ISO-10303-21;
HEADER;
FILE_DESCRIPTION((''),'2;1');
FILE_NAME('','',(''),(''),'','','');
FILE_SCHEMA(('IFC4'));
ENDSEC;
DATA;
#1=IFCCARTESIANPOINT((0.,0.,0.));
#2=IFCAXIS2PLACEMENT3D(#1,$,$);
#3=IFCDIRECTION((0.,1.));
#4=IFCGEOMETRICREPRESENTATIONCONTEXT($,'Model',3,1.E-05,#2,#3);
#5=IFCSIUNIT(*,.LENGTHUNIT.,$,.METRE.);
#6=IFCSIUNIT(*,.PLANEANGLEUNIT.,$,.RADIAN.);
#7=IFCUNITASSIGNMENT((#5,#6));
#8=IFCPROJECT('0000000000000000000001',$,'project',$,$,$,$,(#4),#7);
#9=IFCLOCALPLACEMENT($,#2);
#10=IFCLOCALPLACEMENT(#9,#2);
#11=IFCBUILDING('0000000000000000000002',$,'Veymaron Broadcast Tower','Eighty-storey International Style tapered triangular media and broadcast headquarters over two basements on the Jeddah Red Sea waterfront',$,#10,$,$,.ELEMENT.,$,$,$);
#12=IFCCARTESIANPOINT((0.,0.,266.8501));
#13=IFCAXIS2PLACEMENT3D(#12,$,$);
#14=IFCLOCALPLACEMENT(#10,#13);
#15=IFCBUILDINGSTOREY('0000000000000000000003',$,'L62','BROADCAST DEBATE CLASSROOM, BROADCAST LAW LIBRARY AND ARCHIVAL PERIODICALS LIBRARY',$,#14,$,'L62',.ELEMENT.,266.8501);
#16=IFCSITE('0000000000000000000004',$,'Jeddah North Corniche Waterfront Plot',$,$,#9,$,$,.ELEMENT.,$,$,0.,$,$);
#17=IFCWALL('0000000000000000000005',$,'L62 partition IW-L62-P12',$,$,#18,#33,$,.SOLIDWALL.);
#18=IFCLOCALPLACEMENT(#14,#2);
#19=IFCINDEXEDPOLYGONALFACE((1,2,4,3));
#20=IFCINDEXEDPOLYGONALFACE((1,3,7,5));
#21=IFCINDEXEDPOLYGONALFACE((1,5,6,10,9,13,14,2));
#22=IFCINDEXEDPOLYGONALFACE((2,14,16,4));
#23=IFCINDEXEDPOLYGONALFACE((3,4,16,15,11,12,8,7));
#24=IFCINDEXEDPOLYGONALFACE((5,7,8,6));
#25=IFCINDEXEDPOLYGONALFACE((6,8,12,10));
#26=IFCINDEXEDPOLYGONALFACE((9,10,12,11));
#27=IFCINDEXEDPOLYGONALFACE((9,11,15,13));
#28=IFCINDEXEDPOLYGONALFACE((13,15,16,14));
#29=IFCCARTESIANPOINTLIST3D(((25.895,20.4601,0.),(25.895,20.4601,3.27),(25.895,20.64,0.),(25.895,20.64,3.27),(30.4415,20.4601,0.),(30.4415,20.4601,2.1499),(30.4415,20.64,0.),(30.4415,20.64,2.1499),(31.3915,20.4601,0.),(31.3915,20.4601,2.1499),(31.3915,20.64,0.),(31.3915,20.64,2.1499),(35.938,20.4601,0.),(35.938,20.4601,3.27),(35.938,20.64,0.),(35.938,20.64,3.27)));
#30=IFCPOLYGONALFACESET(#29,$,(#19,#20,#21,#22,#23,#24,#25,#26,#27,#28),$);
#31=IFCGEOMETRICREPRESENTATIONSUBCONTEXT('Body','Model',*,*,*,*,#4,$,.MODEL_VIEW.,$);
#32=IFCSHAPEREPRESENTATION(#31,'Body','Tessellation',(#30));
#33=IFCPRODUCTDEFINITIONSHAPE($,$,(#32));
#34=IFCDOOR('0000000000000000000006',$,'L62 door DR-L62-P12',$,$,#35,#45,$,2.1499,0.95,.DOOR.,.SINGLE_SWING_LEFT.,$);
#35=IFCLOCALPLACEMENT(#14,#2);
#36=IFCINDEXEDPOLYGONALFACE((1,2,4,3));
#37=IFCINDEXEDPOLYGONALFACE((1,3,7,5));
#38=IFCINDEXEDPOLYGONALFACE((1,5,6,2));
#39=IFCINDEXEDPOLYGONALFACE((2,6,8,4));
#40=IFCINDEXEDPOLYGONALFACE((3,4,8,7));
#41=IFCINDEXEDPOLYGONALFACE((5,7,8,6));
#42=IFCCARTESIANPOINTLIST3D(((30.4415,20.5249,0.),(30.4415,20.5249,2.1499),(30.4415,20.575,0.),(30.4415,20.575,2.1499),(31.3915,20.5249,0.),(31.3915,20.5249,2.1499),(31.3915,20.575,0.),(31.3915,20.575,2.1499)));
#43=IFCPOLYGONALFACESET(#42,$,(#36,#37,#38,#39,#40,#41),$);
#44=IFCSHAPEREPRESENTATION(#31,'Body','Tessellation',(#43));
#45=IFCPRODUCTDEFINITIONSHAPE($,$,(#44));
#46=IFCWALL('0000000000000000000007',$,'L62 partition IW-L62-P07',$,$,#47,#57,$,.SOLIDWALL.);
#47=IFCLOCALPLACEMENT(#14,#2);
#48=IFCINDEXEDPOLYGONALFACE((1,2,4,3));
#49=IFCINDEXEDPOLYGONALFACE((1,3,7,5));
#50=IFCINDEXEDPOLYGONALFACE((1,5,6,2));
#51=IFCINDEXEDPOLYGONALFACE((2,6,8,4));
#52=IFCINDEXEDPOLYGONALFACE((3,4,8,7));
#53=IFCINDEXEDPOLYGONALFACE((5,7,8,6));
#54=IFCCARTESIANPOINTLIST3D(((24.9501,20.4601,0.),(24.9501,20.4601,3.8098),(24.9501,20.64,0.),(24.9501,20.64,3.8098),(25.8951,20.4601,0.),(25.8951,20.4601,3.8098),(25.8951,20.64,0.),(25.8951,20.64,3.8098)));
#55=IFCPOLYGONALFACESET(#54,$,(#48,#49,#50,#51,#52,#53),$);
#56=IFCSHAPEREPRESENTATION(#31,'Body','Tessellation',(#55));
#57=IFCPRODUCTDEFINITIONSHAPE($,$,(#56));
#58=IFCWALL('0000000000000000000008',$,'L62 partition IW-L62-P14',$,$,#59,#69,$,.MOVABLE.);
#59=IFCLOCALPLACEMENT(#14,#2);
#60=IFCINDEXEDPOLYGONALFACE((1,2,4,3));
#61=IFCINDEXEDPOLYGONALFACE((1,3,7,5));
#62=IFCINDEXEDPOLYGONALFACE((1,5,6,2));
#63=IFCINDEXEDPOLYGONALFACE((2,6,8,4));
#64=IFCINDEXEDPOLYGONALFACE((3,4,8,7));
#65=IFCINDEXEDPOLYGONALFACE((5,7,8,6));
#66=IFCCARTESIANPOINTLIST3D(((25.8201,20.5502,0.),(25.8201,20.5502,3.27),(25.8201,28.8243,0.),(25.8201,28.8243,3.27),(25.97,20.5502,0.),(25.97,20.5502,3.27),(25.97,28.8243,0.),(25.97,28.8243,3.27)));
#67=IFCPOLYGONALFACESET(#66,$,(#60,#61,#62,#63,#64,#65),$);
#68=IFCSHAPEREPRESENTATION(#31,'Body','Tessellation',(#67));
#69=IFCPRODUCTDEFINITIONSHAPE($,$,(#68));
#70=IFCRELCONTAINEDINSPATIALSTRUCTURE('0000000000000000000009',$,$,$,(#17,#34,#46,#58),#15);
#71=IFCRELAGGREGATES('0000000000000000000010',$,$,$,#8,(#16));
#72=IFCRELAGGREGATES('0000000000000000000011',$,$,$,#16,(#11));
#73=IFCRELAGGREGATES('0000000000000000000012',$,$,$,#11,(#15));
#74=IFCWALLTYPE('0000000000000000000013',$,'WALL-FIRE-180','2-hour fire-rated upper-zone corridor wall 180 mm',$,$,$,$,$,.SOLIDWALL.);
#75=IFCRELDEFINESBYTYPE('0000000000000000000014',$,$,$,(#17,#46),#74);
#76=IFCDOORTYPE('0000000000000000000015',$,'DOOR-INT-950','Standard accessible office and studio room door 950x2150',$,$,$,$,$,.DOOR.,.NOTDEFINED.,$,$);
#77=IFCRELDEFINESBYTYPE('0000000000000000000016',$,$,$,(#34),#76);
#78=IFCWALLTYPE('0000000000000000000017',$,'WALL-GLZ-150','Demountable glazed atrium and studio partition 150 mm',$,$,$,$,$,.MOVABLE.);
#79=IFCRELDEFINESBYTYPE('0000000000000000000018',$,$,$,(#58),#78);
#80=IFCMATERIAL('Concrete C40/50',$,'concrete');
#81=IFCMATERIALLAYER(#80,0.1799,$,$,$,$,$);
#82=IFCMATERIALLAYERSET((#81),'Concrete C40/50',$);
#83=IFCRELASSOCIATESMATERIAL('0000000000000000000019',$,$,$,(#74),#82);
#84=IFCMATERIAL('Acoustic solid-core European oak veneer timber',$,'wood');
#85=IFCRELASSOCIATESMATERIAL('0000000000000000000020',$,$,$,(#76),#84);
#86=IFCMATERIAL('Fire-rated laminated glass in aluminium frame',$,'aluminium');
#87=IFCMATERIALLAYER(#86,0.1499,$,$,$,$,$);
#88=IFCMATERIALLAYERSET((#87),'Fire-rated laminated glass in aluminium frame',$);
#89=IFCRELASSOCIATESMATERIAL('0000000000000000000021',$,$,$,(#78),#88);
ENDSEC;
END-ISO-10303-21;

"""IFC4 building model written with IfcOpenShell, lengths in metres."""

from ifc_helpers import new_model, si_unit, direction, frame, frame_2d, origin, place, context, subcontext, project, spatial, rectangle, extrude, material, layer, layer_set, type_object, element, fill, save


model = new_model("IFC4")

# Units and contexts
model_context = context("Model", 3, precision=1e-05, world=origin(), true_north=direction((0.0, 1.0)))
body_context = subcontext(model_context, "Body", "Model", "MODEL_VIEW")
ifc_project = project(units=[si_unit("LENGTHUNIT", "METRE"), si_unit("PLANEANGLEUNIT", "RADIAN")], contexts=[model_context])

# Site, building, storey
site_placement = place(None, origin())
site = spatial("IfcSite", under=ifc_project, at=site_placement, Name="Jeddah North Corniche Waterfront Plot", CompositionType="ELEMENT", RefElevation=0.0)
building_placement = place(site_placement, origin())
building = spatial("IfcBuilding", under=site, at=building_placement, Name="Veymaron Broadcast Tower", Description="Eighty-storey International Style tapered triangular media and broadcast headquarters over two basements on the Jeddah Red Sea waterfront", CompositionType="ELEMENT")
storey_placement = place(building_placement, frame((0.0, 0.0, 266.8501)))
storey = spatial("IfcBuildingStorey", under=building, at=storey_placement, Name="L62", Description="BROADCAST DEBATE CLASSROOM, BROADCAST LAW LIBRARY AND ARCHIVAL PERIODICALS LIBRARY", LongName="L62", CompositionType="ELEMENT", Elevation=266.8501)

# Shared definitions
ifc_material_1 = material(Name="Concrete C40/50", Category="concrete")

# Wall, opening, door
ifc_layer_1 = layer(ifc_material_1, 0.1799)
ifc_layer_set_1 = layer_set([ifc_layer_1], Name="Concrete C40/50")
wall_type_1 = type_object("IfcWallType", Name="WALL-FIRE-180", Description="2-hour fire-rated upper-zone corridor wall 180 mm", PredefinedType="SOLIDWALL", material=ifc_layer_set_1)
ifc_material_2 = material(Name="Acoustic solid-core European oak veneer timber", Category="wood")
door_type = type_object("IfcDoorType", Name="DOOR-INT-950", Description="Standard accessible office and studio room door 950x2150", OperationType="NOTDEFINED", PredefinedType="DOOR", material=ifc_material_2)
wall_1_placement = place(storey_placement, frame((25.895, 20.55, 0.0), z_axis=(0.0, 0.0, 1.0), x_axis=(1.0, 0.0, 0.0)))
wall_1 = element("IfcWall", 1, at=wall_1_placement, inside=storey, type_object=wall_type_1, Name="L62 partition IW-L62-P12", PredefinedType="SOLIDWALL", context=body_context, shape_type="SweptSolid", body=[
    extrude(rectangle(XDim=10.043, YDim=0.1799, at=frame_2d((5.0215, 0.0))), origin(), (0.0, 0.0, 1.0), 3.27),
])
opening_1_placement = place(wall_1_placement, frame((4.5464, 0.0, 0.0)))
opening_1 = element("IfcOpeningElement", 2, at=opening_1_placement, cuts=wall_1, PredefinedType="OPENING", context=body_context, shape_type="SweptSolid", body=[
    extrude(rectangle(XDim=0.95, YDim=2.1499, at=frame_2d((0.4751, 1.075))), frame((0.0, 0.1001, 0.0), z_axis=(0.0, -1.0, 0.0), x_axis=(1.0, 0.0, 0.0)), (0.0, 0.0, 1.0), 0.2),
])
door_1_placement = place(opening_1_placement, origin())
door_1 = element("IfcDoor", 3, at=door_1_placement, inside=storey, type_object=door_type, Name="L62 door DR-L62-P12", OperationType="SINGLE_SWING_LEFT", OverallHeight=2.1499, OverallWidth=0.95, PredefinedType="DOOR", context=body_context, shape_type="SweptSolid", body=[
    extrude(rectangle(XDim=0.95, YDim=2.1499, at=frame_2d((0.4751, 1.075))), frame((0.0, 0.0249, 0.0), z_axis=(0.0, -1.0, 0.0), x_axis=(1.0, 0.0, 0.0)), (0.0, 0.0, 1.0), 0.05),
])
fill(opening_1, door_1)

# Walls
wall_2_placement = place(storey_placement, frame((24.95, 20.55, 0.0), z_axis=(0.0, 0.0, 1.0), x_axis=(1.0, 0.0, 0.0)))
element("IfcWall", 4, at=wall_2_placement, inside=storey, type_object=wall_type_1, Name="L62 partition IW-L62-P07", PredefinedType="SOLIDWALL", context=body_context, shape_type="SweptSolid", body=[
    extrude(rectangle(XDim=0.9451, YDim=0.1799, at=frame_2d((0.4727, 0.0))), origin(), (0.0, 0.0, 1.0), 3.8098),
])
ifc_material_3 = material(Name="Fire-rated laminated glass in aluminium frame", Category="aluminium")
ifc_layer_2 = layer(ifc_material_3, 0.1499)
ifc_layer_set_2 = layer_set([ifc_layer_2], Name="Fire-rated laminated glass in aluminium frame")
wall_type_2 = type_object("IfcWallType", Name="WALL-GLZ-150", Description="Demountable glazed atrium and studio partition 150 mm", PredefinedType="MOVABLE", material=ifc_layer_set_2)
wall_3_placement = place(storey_placement, frame((25.895, 20.55, 0.0), z_axis=(0.0, 0.0, 1.0), x_axis=(0.0, 1.0, 0.0)))
element("IfcWall", 5, at=wall_3_placement, inside=storey, type_object=wall_type_2, Name="L62 partition IW-L62-P14", PredefinedType="MOVABLE", context=body_context, shape_type="SweptSolid", body=[
    extrude(rectangle(XDim=8.2742, YDim=0.1499, at=frame_2d((4.1372, 0.0))), origin(), (0.0, 0.0, 1.0), 3.27),
])

save(model, "model.ifc")
